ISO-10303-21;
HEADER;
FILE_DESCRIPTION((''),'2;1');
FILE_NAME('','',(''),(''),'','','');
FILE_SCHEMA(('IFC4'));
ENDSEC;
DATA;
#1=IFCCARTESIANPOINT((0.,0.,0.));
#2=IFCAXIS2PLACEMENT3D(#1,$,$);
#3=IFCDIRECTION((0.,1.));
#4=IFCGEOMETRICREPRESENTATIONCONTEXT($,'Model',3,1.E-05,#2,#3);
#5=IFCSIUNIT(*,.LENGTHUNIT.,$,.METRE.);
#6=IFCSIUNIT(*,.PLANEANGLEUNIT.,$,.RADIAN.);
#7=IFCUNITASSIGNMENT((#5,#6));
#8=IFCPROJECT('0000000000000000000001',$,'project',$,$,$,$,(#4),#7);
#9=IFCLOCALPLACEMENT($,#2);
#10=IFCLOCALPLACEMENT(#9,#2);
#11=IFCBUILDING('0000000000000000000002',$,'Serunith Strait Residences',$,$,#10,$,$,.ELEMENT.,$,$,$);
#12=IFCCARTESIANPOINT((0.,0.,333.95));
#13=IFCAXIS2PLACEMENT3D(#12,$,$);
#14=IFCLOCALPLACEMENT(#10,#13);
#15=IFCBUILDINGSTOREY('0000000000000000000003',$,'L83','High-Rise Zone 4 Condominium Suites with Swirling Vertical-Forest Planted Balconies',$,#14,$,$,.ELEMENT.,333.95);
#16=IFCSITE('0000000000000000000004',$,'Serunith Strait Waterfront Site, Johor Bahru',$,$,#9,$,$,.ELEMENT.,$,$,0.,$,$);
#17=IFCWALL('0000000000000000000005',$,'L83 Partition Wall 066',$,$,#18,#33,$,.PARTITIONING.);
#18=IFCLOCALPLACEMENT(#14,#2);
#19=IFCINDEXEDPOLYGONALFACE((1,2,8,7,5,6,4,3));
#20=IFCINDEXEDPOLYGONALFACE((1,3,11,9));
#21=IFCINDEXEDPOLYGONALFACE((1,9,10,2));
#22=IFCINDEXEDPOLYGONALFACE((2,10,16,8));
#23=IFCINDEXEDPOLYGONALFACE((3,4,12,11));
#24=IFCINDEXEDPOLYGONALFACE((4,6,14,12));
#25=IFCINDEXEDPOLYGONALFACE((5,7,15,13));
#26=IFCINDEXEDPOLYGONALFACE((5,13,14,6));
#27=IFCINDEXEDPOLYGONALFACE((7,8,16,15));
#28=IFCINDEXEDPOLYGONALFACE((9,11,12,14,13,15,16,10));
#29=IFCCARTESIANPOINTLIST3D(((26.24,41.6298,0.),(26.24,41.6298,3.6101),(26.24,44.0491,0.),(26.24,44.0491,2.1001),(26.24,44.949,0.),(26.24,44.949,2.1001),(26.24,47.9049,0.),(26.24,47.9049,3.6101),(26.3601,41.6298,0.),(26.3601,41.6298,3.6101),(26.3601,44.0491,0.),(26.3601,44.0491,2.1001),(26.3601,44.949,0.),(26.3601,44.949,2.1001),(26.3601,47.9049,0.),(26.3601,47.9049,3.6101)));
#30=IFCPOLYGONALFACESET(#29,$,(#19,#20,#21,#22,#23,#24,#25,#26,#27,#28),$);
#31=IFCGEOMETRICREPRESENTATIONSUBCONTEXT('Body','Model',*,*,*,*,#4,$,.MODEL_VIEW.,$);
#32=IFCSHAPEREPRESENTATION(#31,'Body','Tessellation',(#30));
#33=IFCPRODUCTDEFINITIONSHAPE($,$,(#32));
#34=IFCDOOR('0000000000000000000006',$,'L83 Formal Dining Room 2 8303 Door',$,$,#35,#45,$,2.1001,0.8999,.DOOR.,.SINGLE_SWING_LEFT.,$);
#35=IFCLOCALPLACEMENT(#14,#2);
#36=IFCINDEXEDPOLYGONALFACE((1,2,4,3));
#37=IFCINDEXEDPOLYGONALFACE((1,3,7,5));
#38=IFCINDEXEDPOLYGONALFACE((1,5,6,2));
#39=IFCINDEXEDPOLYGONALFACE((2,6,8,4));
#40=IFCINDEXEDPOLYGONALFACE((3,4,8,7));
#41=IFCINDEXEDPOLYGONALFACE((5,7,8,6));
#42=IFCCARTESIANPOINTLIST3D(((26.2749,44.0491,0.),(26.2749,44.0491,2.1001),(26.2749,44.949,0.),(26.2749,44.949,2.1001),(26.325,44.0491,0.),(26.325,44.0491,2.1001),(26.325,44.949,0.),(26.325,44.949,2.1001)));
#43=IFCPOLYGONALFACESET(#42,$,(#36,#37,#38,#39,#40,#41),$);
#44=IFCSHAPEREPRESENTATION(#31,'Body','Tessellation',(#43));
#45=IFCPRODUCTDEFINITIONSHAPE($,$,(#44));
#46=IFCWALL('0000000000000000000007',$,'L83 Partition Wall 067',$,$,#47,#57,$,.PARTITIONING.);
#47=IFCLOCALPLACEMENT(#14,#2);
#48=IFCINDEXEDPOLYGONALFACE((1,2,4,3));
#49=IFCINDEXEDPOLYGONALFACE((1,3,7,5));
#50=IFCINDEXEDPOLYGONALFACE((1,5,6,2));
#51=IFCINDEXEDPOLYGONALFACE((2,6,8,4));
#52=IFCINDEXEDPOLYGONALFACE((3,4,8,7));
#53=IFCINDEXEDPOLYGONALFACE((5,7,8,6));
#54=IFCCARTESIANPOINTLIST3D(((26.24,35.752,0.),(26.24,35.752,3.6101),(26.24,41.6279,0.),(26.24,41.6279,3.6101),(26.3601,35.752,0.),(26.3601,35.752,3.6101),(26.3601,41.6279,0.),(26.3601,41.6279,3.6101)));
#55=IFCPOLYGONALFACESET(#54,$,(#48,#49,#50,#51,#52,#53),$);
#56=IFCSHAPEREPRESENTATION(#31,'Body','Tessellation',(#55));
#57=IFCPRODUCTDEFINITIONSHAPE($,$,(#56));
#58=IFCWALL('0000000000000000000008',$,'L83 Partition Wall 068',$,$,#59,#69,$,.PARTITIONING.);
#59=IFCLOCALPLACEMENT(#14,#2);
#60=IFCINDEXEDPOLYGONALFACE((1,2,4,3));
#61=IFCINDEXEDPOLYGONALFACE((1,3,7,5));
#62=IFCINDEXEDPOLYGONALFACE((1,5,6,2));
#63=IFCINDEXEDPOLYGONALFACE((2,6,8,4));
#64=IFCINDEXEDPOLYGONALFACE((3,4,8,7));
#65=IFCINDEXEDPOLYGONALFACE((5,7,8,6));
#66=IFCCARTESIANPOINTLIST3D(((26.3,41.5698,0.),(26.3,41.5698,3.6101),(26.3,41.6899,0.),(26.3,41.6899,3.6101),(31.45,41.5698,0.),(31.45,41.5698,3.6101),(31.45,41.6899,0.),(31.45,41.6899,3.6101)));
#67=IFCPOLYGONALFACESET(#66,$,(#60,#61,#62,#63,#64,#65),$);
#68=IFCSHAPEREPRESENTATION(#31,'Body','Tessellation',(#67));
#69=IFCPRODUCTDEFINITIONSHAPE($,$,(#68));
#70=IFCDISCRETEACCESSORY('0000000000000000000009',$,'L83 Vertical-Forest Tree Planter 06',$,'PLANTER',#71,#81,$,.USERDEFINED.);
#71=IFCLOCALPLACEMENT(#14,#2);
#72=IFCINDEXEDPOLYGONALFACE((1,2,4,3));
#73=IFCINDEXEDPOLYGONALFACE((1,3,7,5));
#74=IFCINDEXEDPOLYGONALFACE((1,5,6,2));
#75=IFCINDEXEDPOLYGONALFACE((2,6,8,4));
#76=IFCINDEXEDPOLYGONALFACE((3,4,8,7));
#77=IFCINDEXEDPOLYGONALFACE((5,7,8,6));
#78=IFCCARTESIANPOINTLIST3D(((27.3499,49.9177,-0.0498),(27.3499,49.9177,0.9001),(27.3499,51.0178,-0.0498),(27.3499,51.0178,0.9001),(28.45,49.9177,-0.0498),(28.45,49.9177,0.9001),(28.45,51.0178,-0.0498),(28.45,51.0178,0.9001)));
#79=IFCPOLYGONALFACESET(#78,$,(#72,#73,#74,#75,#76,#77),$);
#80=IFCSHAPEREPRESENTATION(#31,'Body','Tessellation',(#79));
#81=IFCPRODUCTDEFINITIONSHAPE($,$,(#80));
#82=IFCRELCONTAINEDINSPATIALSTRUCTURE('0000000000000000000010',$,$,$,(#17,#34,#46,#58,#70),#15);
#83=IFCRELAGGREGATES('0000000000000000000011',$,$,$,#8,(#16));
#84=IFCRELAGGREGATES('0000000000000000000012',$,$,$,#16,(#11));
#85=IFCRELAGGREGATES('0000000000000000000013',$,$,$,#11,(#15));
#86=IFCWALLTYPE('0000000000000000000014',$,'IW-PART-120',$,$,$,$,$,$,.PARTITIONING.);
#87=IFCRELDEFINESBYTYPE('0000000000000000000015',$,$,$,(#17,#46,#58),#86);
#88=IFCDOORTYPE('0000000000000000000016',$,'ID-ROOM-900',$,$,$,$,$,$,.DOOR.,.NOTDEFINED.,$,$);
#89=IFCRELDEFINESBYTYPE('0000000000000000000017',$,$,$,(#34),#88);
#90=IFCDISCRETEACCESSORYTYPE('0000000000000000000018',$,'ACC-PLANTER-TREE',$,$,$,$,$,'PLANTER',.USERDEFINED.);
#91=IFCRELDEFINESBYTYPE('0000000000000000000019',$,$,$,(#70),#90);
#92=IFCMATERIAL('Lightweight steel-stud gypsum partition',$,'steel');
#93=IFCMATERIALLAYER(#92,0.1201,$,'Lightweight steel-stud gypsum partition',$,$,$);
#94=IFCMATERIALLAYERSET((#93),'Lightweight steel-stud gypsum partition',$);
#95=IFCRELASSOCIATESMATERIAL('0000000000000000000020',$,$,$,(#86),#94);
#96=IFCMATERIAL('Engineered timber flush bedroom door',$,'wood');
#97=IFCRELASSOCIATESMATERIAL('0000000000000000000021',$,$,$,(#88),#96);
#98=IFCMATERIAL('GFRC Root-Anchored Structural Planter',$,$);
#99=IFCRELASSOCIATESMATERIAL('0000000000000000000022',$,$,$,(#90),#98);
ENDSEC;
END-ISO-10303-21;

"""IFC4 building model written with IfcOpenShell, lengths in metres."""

from ifc_helpers import new_model, si_unit, direction, frame, frame_2d, origin, origin_2d, place, context, subcontext, project, spatial, rectangle, extrude, source, transform, mapped, material, layer, layer_set, type_object, element, fill, save


model = new_model("IFC4")

# Units and contexts
model_context = context("Model", 3, precision=1e-05, world=origin(), true_north=direction((0.0, 1.0)))
body_context = subcontext(model_context, "Body", "Model", "MODEL_VIEW")
ifc_project = project(units=[si_unit("LENGTHUNIT", "METRE"), si_unit("PLANEANGLEUNIT", "RADIAN")], contexts=[model_context])

# Site, building, storey
site_placement = place(None, origin())
site = spatial("IfcSite", under=ifc_project, at=site_placement, Name="Serunith Strait Waterfront Site, Johor Bahru", CompositionType="ELEMENT", RefElevation=0.0)
building_placement = place(site_placement, origin())
building = spatial("IfcBuilding", under=site, at=building_placement, Name="Serunith Strait Residences", CompositionType="ELEMENT")
storey_placement = place(building_placement, frame((0.0, 0.0, 333.95)))
storey = spatial("IfcBuildingStorey", under=building, at=storey_placement, Name="L83", Description="High-Rise Zone 4 Condominium Suites with Swirling Vertical-Forest Planted Balconies", CompositionType="ELEMENT", Elevation=333.95)

# Wall, opening, door
ifc_material_1 = material(Name="Lightweight steel-stud gypsum partition", Category="steel")
ifc_layer_1 = layer(ifc_material_1, 0.1201, Name="Lightweight steel-stud gypsum partition")
ifc_layer_set_1 = layer_set([ifc_layer_1], Name="Lightweight steel-stud gypsum partition")
wall_type = type_object("IfcWallType", Name="IW-PART-120", PredefinedType="PARTITIONING", material=ifc_layer_set_1)
ifc_material_2 = material(Name="Engineered timber flush bedroom door", Category="wood")
door_type_1 = type_object("IfcDoorType", Name="ID-ROOM-900", OperationType="NOTDEFINED", PredefinedType="DOOR", material=ifc_material_2)
shared_shape_1 = source(origin(), body_context, "Body", "SweptSolid", [
    extrude(rectangle(XDim=0.8999, YDim=2.1001, at=frame_2d((0.45, 1.05))), frame((0.0, 0.0249, 0.0), z_axis=(0.0, -1.0, 0.0), x_axis=(1.0, 0.0, 0.0)), (0.0, 0.0, 1.0), 0.05),
])
wall_1_placement = place(storey_placement, frame((26.3, 47.905, 0.0), z_axis=(0.0, 0.0, 1.0), x_axis=(0.0, -1.0, 0.0)))
wall_1 = element("IfcWall", 1, at=wall_1_placement, inside=storey, type_object=wall_type, Name="L83 Partition Wall 066", PredefinedType="PARTITIONING", context=body_context, shape_type="SweptSolid", body=[
    extrude(rectangle(XDim=6.2751, YDim=0.1201, at=frame_2d((3.1377, 0.0))), origin(), (0.0, 0.0, 1.0), 3.6101),
])
opening_1_placement = place(wall_1_placement, frame((2.9561, 0.0, 0.0)))
opening_1 = element("IfcOpeningElement", 2, at=opening_1_placement, cuts=wall_1, PredefinedType="OPENING", context=body_context, shape_type="SweptSolid", body=[
    extrude(rectangle(XDim=0.8999, YDim=2.1001, at=frame_2d((0.45, 1.05))), frame((0.0, 0.0701, 0.0), z_axis=(0.0, -1.0, 0.0), x_axis=(1.0, 0.0, 0.0)), (0.0, 0.0, 1.0), 0.1401),
])
door_1_placement = place(opening_1_placement, origin())
door_1 = element("IfcDoor", 3, at=door_1_placement, inside=storey, type_object=door_type_1, Name="L83 Formal Dining Room 2 8303 Door", OperationType="SINGLE_SWING_LEFT", OverallHeight=2.1001, OverallWidth=0.8999, PredefinedType="DOOR", context=body_context, shape_type="MappedRepresentation", body=[
    mapped(shared_shape_1, transform((0.0, 0.0, 0.0), scale=1.0)),
])
fill(opening_1, door_1)

# Walls
wall_2_placement = place(storey_placement, frame((26.3, 41.6279, 0.0), z_axis=(0.0, 0.0, 1.0), x_axis=(0.0, -1.0, 0.0)))
element("IfcWall", 4, at=wall_2_placement, inside=storey, type_object=wall_type, Name="L83 Partition Wall 067", PredefinedType="PARTITIONING", context=body_context, shape_type="SweptSolid", body=[
    extrude(rectangle(XDim=5.876, YDim=0.1201, at=frame_2d((2.938, 0.0))), origin(), (0.0, 0.0, 1.0), 3.6101),
])
wall_3_placement = place(storey_placement, frame((26.3, 41.6299, 0.0), z_axis=(0.0, 0.0, 1.0), x_axis=(1.0, 0.0, 0.0)))
element("IfcWall", 5, at=wall_3_placement, inside=storey, type_object=wall_type, Name="L83 Partition Wall 068", PredefinedType="PARTITIONING", context=body_context, shape_type="SweptSolid", body=[
    extrude(rectangle(XDim=5.1499, YDim=0.1201, at=frame_2d((2.575, 0.0))), origin(), (0.0, 0.0, 1.0), 3.6101),
])

# Discrete accessory
ifc_material_3 = material(Name="GFRC Root-Anchored Structural Planter")
discrete_accessory_type = type_object("IfcDiscreteAccessoryType", Name="ACC-PLANTER-TREE", ElementType="PLANTER", PredefinedType="USERDEFINED", material=ifc_material_3)
shared_shape_2 = source(origin(), body_context, "Body", "SweptSolid", [
    extrude(rectangle(XDim=1.1001, YDim=1.1001, at=origin_2d()), origin(), (0.0, 0.0, 1.0), 0.95),
])
discrete_accessory_placement = place(storey_placement, frame((27.8999, 50.4678, -0.0498), z_axis=(0.0, 0.0, 1.0), x_axis=(-1.0, 0.0, 0.0)))
element("IfcDiscreteAccessory", 6, at=discrete_accessory_placement, inside=storey, type_object=discrete_accessory_type, Name="L83 Vertical-Forest Tree Planter 06", ObjectType="PLANTER", PredefinedType="USERDEFINED", context=body_context, shape_type="MappedRepresentation", body=[
    mapped(shared_shape_2, transform((0.0, 0.0, 0.0), scale=1.0)),
])

save(model, "model.ifc")
